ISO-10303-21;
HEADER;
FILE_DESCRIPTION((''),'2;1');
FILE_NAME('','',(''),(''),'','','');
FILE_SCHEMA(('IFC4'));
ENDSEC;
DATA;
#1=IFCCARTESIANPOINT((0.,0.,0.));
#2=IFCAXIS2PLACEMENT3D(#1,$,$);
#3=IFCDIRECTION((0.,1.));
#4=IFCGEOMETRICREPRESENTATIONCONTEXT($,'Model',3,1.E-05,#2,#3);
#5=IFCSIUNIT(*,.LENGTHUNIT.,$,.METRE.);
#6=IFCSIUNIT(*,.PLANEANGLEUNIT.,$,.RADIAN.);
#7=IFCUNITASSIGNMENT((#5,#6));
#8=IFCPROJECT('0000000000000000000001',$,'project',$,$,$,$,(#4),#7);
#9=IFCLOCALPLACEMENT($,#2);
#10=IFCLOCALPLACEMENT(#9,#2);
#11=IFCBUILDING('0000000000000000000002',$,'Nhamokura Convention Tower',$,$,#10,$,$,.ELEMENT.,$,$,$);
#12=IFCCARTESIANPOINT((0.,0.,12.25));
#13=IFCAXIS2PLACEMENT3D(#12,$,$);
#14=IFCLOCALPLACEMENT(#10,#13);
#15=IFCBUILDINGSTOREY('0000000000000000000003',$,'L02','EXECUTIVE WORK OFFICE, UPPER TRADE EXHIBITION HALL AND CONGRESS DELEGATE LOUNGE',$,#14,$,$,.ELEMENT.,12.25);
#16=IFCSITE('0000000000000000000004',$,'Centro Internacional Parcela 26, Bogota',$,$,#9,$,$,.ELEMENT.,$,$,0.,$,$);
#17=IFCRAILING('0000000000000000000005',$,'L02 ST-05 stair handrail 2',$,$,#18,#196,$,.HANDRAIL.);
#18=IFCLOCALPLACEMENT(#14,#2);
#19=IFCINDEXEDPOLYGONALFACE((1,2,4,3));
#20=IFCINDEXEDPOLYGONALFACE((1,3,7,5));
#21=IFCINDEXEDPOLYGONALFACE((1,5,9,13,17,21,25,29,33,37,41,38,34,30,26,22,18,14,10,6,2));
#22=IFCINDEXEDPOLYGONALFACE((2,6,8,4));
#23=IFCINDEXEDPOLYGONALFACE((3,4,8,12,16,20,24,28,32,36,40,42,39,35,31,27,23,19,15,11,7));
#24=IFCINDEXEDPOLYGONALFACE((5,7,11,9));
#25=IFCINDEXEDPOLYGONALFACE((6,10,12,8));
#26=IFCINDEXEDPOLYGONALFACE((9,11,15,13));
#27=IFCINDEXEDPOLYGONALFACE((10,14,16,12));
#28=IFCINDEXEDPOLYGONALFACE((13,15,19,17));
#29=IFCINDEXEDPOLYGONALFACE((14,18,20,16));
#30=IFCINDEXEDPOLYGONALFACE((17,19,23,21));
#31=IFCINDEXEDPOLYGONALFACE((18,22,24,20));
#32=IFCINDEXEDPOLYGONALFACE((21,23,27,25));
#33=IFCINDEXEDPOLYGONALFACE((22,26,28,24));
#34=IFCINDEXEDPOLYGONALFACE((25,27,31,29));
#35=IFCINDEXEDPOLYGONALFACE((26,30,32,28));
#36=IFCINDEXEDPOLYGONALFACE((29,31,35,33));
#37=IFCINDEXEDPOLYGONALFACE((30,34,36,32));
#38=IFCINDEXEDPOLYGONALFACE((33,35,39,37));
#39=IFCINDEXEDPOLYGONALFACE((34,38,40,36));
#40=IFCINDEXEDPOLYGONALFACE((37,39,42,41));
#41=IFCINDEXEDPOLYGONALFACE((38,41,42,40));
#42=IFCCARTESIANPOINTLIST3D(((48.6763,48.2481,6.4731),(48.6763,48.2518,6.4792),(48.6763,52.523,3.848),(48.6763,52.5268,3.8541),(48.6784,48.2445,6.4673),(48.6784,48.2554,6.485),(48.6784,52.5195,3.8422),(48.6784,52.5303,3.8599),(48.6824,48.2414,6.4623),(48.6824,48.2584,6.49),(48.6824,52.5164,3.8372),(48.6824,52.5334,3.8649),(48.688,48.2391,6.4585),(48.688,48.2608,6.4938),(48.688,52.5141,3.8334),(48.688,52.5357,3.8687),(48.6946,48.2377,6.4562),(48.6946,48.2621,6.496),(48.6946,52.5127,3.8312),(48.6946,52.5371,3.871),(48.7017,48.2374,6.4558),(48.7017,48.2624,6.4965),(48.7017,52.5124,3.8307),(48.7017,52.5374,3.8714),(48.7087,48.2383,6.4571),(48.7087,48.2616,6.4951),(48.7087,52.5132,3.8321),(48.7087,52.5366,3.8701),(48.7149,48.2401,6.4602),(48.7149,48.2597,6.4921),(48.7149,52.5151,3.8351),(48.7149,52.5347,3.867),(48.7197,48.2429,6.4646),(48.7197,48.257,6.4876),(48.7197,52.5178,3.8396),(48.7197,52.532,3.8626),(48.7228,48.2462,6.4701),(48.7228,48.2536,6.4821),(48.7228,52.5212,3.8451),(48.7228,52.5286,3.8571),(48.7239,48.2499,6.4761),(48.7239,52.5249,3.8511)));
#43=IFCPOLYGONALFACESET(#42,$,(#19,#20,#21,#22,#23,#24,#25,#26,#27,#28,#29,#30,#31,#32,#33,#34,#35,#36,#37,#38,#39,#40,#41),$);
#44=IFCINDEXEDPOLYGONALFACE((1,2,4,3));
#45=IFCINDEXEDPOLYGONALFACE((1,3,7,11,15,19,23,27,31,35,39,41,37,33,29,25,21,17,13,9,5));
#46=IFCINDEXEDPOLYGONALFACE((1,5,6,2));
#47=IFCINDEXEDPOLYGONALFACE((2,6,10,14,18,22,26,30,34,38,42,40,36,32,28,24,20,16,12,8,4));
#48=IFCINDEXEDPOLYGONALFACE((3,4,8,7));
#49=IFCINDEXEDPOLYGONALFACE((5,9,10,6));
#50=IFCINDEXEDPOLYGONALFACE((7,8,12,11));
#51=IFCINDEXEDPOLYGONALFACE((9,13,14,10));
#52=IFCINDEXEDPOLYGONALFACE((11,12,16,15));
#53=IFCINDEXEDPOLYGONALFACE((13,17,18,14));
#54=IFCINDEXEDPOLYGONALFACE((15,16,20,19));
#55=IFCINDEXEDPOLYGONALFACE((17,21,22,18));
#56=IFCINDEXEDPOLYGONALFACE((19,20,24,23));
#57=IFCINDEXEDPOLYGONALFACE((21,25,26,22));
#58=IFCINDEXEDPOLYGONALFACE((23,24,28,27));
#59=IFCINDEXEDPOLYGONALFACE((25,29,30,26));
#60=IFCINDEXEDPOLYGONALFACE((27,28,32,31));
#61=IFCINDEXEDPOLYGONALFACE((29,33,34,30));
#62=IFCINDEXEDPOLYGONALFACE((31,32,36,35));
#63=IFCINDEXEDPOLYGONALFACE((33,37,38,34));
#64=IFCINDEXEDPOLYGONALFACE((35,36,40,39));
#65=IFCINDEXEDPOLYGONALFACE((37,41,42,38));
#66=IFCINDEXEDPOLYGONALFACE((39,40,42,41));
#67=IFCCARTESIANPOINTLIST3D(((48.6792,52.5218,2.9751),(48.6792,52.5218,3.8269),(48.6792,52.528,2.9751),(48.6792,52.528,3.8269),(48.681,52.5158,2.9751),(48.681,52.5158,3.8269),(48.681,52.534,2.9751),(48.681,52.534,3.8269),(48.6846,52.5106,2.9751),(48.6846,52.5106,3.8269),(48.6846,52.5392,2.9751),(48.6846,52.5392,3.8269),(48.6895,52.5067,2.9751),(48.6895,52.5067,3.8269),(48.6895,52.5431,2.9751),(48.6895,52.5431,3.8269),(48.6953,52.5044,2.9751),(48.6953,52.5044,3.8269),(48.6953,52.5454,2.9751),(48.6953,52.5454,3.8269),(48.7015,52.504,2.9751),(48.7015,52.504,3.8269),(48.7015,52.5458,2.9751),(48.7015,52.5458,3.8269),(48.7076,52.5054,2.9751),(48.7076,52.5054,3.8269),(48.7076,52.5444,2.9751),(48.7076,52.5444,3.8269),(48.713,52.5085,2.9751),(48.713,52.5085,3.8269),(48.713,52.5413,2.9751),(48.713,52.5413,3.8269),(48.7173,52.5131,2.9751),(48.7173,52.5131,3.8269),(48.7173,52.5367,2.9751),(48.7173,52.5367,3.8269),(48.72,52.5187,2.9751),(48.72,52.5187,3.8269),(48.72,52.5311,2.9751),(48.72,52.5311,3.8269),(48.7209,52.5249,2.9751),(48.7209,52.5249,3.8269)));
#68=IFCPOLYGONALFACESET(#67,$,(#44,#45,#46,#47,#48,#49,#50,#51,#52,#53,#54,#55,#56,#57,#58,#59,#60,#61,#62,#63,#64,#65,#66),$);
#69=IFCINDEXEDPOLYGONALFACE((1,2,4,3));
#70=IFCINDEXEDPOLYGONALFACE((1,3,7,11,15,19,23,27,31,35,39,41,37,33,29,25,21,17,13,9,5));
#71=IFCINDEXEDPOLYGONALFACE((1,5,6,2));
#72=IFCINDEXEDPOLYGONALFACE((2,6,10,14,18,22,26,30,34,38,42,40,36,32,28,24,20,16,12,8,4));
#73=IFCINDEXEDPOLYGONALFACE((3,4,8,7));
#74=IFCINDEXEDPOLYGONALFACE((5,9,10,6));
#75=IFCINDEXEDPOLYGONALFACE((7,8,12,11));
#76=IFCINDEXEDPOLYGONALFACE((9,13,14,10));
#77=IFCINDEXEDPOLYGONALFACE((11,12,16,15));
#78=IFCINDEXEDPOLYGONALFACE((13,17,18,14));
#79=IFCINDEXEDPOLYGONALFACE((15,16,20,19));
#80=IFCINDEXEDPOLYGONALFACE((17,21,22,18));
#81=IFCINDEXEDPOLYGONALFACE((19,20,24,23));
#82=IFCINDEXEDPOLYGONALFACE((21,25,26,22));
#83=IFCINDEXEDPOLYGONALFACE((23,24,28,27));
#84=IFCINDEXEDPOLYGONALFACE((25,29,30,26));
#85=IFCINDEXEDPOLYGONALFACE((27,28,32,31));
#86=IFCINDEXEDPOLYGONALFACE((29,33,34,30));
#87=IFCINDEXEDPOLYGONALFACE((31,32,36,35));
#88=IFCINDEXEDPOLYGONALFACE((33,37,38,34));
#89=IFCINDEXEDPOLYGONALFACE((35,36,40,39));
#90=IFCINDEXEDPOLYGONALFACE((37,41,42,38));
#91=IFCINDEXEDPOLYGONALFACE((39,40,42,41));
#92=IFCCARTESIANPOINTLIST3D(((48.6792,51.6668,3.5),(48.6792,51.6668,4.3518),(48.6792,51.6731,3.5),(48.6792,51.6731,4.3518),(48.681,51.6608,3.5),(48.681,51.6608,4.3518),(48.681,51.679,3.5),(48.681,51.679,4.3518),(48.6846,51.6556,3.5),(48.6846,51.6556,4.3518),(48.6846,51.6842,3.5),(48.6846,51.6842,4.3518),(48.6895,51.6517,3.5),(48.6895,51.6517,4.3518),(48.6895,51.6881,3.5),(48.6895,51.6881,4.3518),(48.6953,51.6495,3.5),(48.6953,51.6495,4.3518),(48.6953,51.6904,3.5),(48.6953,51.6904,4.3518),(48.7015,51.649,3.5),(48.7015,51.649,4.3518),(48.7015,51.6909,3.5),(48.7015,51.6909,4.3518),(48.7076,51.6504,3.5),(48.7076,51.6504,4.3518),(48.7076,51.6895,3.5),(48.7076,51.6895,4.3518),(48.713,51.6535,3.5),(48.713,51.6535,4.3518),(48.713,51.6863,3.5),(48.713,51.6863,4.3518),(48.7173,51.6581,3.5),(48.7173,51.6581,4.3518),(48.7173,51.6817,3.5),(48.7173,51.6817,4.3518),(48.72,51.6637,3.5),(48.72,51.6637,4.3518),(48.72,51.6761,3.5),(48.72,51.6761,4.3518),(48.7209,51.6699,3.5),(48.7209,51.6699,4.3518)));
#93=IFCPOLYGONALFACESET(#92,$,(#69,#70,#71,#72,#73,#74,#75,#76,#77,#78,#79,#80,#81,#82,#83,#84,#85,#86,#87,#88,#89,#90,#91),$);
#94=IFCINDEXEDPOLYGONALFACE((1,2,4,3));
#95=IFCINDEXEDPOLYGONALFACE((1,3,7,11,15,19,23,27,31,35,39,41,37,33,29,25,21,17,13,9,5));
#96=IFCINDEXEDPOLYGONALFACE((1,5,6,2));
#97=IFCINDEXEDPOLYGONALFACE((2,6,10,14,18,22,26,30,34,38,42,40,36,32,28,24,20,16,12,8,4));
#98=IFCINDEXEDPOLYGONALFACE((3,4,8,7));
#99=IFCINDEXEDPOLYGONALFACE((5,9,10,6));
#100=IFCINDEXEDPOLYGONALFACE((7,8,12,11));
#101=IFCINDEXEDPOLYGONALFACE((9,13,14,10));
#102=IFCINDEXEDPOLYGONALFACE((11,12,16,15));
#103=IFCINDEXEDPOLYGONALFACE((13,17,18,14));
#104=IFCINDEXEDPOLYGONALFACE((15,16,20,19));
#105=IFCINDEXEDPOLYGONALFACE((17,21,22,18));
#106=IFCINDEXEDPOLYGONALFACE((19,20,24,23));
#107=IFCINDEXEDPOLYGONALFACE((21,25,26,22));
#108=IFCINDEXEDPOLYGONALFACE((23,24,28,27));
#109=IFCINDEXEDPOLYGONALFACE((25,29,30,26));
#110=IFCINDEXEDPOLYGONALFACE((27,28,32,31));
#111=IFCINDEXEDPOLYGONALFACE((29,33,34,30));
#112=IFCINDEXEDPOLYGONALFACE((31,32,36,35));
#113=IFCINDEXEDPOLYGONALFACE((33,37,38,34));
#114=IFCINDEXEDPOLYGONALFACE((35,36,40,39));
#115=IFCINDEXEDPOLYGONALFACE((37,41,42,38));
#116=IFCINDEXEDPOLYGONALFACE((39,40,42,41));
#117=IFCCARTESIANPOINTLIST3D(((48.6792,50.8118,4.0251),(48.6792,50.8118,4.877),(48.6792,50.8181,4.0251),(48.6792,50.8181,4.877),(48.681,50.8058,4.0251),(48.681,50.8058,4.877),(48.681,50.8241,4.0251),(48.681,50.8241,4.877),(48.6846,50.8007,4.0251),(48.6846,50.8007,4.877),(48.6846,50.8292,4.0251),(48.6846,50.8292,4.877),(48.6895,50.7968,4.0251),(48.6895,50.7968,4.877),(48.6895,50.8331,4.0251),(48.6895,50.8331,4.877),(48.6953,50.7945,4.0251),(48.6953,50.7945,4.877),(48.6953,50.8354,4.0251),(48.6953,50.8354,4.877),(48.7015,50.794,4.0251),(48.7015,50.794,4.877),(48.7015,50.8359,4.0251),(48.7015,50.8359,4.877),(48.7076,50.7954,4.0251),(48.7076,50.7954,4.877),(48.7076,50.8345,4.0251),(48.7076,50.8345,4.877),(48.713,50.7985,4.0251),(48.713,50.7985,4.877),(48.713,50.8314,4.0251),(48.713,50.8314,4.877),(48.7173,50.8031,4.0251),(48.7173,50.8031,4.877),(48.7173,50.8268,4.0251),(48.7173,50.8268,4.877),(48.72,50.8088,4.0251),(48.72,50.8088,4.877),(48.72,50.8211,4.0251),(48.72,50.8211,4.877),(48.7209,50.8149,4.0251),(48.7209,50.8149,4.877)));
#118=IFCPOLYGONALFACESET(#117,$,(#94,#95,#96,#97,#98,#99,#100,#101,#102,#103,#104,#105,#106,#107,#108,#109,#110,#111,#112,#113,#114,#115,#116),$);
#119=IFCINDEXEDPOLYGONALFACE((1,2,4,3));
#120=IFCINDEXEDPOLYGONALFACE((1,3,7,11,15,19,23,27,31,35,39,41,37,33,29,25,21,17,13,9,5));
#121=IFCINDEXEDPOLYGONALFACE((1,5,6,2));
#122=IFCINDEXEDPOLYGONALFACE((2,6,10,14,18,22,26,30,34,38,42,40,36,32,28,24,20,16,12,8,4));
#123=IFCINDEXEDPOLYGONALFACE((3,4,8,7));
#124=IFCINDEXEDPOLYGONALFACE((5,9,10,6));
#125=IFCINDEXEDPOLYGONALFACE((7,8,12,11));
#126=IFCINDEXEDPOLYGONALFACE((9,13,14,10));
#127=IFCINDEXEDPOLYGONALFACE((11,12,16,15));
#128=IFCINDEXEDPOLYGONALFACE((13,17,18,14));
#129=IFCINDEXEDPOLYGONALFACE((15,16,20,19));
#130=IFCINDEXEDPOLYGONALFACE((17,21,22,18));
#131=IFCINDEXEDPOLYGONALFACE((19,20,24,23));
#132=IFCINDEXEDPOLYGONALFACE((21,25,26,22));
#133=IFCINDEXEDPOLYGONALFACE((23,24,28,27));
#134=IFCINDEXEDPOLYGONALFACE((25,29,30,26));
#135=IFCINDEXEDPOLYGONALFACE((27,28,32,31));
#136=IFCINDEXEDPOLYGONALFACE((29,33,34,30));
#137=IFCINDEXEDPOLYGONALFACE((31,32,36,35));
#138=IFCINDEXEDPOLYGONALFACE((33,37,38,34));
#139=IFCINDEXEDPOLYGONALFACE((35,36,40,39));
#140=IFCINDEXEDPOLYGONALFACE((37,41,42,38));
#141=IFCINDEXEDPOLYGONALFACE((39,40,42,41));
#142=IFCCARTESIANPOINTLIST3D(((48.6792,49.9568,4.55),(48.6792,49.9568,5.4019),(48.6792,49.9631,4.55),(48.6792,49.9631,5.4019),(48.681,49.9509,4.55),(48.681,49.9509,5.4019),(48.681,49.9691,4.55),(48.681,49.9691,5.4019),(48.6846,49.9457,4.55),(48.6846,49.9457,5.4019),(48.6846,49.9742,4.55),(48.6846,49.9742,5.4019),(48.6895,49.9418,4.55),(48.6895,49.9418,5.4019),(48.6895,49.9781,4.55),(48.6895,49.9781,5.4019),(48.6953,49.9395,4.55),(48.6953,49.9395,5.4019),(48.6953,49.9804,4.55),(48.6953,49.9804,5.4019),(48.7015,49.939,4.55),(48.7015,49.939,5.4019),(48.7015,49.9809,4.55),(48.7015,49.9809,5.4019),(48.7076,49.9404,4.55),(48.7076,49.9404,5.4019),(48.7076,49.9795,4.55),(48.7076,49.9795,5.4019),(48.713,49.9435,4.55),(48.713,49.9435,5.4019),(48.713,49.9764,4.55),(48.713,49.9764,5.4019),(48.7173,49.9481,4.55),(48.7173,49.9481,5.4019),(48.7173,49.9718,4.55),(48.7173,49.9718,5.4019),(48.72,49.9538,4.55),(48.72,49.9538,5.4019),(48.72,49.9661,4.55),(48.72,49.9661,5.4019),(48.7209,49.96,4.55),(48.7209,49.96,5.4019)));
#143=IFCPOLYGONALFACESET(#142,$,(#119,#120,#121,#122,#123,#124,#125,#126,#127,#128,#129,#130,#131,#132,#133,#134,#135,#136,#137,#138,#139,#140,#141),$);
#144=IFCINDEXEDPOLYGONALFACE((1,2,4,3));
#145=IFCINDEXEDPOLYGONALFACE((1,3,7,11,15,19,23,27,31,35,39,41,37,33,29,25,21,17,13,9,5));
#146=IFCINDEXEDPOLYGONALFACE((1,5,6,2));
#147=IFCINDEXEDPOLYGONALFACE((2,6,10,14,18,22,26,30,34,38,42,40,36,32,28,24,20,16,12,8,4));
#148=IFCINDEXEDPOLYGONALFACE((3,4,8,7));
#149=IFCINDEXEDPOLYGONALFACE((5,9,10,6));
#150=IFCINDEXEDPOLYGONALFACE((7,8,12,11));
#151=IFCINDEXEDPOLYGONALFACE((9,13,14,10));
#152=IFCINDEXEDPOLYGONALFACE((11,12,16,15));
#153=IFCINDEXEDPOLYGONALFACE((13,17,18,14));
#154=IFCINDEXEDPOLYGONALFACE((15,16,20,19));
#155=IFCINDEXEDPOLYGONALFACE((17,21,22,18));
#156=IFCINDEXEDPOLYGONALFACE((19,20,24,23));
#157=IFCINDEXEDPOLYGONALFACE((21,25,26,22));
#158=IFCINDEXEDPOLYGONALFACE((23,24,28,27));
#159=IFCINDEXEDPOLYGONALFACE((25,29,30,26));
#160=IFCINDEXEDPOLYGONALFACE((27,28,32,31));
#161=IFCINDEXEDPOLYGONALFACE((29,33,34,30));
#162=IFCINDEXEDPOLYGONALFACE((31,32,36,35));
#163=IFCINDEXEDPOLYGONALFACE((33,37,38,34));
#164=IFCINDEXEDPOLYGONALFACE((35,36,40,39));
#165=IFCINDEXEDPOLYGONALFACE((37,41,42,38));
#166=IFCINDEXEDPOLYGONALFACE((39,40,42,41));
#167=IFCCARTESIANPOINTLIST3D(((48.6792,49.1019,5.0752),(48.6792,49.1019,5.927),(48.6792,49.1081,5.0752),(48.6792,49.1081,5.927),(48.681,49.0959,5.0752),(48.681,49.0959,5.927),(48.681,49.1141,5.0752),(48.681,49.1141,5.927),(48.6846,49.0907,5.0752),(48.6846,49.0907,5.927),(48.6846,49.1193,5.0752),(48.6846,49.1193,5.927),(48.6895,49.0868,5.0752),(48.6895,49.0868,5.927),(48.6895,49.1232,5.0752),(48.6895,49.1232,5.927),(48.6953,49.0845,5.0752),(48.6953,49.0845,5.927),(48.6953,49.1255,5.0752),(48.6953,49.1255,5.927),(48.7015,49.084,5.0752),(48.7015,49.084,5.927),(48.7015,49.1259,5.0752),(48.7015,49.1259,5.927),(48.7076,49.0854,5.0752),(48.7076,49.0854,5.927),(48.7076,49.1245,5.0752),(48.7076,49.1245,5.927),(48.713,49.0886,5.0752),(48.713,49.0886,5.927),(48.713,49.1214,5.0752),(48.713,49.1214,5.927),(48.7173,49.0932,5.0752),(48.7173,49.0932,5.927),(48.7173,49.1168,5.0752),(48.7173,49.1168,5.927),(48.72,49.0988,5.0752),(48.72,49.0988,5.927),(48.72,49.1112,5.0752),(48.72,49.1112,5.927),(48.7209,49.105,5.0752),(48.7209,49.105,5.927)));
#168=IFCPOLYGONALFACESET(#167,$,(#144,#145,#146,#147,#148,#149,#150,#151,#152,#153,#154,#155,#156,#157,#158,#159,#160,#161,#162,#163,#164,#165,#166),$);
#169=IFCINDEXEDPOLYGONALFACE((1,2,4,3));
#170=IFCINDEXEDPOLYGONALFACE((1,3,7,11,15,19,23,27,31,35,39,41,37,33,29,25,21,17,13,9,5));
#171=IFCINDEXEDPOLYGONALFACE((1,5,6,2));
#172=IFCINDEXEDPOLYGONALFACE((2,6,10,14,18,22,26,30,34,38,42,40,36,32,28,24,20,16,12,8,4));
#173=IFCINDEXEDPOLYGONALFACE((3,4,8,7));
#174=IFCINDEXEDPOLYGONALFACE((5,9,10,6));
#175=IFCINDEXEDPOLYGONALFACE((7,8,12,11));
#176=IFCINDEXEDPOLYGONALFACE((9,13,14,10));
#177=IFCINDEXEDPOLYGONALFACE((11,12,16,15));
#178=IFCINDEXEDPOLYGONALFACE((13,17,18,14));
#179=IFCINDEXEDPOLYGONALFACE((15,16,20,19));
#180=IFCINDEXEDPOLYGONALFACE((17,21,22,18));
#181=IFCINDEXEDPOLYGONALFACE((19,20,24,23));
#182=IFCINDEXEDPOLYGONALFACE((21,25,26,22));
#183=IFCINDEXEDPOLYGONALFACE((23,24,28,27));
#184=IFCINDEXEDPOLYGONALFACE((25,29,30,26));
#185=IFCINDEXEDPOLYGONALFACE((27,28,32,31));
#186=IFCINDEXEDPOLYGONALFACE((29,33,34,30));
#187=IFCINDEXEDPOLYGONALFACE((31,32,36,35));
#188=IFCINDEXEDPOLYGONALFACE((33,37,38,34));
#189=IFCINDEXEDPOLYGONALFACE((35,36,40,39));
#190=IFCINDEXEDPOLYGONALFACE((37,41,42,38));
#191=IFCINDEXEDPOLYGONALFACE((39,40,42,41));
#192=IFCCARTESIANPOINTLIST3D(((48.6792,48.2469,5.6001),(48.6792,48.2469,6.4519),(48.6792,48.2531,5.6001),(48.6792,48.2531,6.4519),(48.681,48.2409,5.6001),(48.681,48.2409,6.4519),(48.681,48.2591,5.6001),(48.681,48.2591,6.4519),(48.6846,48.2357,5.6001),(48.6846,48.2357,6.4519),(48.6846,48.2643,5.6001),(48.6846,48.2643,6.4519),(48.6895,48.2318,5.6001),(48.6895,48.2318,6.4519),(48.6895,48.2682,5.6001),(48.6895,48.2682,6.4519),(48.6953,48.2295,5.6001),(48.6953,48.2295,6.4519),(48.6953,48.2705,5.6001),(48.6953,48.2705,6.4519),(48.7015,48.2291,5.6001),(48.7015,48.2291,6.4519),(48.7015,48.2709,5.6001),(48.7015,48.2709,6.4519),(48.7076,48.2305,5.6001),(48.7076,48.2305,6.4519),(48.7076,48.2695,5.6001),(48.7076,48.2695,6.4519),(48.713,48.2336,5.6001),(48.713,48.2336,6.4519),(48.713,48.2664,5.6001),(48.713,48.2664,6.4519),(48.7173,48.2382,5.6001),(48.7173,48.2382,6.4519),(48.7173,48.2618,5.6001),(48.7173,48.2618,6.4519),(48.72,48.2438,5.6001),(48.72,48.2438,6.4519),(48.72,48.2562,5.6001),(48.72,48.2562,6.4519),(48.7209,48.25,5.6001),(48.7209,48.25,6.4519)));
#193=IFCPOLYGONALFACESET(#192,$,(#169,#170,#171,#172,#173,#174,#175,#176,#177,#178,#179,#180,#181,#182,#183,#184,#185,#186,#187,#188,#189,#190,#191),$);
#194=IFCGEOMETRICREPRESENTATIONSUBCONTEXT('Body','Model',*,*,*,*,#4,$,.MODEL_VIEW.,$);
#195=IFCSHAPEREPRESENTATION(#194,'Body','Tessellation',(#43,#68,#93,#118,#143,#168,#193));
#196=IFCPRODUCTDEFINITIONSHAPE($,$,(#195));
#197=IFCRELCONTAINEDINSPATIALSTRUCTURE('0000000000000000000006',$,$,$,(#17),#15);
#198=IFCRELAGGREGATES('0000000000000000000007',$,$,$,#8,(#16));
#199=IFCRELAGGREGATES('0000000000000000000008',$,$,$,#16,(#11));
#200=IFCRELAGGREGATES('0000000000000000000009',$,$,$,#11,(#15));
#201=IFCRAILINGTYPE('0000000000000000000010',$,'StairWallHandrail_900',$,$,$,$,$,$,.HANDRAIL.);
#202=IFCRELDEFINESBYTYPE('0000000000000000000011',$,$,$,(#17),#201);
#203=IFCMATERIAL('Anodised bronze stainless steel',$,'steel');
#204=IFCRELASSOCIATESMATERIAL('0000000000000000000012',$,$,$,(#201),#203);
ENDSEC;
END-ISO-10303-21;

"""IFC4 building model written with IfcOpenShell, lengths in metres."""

from ifc_helpers import new_model, si_unit, direction, frame, origin, origin_2d, place, context, subcontext, project, spatial, circle, extrude, material, type_object, element, save


model = new_model("IFC4")

# Units and contexts
model_context = context("Model", 3, precision=1e-05, world=origin(), true_north=direction((0.0, 1.0)))
body_context = subcontext(model_context, "Body", "Model", "MODEL_VIEW")
ifc_project = project(units=[si_unit("LENGTHUNIT", "METRE"), si_unit("PLANEANGLEUNIT", "RADIAN")], contexts=[model_context])

# Site, building, storey
site_placement = place(None, origin())
site = spatial("IfcSite", under=ifc_project, at=site_placement, Name="Centro Internacional Parcela 26, Bogota", CompositionType="ELEMENT", RefElevation=0.0)
building_placement = place(site_placement, origin())
building = spatial("IfcBuilding", under=site, at=building_placement, Name="Nhamokura Convention Tower", CompositionType="ELEMENT")
storey_placement = place(building_placement, frame((0.0, 0.0, 12.25)))
storey = spatial("IfcBuildingStorey", under=building, at=storey_placement, Name="L02", Description="EXECUTIVE WORK OFFICE, UPPER TRADE EXHIBITION HALL AND CONGRESS DELEGATE LOUNGE", CompositionType="ELEMENT", Elevation=12.25)

# Railing
ifc_material_1 = material(Name="Anodised bronze stainless steel", Category="steel")
railing_type_1 = type_object("IfcRailingType", Name="StairWallHandrail_900", PredefinedType="HANDRAIL", material=ifc_material_1)
railing_1_placement = place(storey_placement, frame((48.7, 52.5249, 2.9751)))
element("IfcRailing", 1, at=railing_1_placement, inside=storey, type_object=railing_type_1, Name="L02 ST-05 stair handrail 2", PredefinedType="HANDRAIL", context=body_context, shape_type="SweptSolid", body=[
    extrude(circle(Radius=0.0239, at=origin_2d()), frame((0.0, 0.0, 0.876), z_axis=(0.0, -0.852166, 0.523272), x_axis=(1.0, 0.0, 0.0)), (0.0, 0.0, 1.0), 5.0166),
    extrude(circle(Radius=0.021, at=origin_2d()), origin(), (0.0, 0.0, 1.0), 0.8518),
    extrude(circle(Radius=0.021, at=origin_2d()), frame((0.0, -0.855, 0.5249)), (0.0, 0.0, 1.0), 0.8518),
    extrude(circle(Radius=0.021, at=origin_2d()), frame((0.0, -1.71, 1.05)), (0.0, 0.0, 1.0), 0.8518),
    extrude(circle(Radius=0.021, at=origin_2d()), frame((0.0, -2.5649, 1.575)), (0.0, 0.0, 1.0), 0.8518),
    extrude(circle(Radius=0.021, at=origin_2d()), frame((0.0, -3.4199, 2.1001)), (0.0, 0.0, 1.0), 0.8518),
    extrude(circle(Radius=0.021, at=origin_2d()), frame((0.0, -4.2749, 2.625)), (0.0, 0.0, 1.0), 0.8518),
])

save(model, "model.ifc")
